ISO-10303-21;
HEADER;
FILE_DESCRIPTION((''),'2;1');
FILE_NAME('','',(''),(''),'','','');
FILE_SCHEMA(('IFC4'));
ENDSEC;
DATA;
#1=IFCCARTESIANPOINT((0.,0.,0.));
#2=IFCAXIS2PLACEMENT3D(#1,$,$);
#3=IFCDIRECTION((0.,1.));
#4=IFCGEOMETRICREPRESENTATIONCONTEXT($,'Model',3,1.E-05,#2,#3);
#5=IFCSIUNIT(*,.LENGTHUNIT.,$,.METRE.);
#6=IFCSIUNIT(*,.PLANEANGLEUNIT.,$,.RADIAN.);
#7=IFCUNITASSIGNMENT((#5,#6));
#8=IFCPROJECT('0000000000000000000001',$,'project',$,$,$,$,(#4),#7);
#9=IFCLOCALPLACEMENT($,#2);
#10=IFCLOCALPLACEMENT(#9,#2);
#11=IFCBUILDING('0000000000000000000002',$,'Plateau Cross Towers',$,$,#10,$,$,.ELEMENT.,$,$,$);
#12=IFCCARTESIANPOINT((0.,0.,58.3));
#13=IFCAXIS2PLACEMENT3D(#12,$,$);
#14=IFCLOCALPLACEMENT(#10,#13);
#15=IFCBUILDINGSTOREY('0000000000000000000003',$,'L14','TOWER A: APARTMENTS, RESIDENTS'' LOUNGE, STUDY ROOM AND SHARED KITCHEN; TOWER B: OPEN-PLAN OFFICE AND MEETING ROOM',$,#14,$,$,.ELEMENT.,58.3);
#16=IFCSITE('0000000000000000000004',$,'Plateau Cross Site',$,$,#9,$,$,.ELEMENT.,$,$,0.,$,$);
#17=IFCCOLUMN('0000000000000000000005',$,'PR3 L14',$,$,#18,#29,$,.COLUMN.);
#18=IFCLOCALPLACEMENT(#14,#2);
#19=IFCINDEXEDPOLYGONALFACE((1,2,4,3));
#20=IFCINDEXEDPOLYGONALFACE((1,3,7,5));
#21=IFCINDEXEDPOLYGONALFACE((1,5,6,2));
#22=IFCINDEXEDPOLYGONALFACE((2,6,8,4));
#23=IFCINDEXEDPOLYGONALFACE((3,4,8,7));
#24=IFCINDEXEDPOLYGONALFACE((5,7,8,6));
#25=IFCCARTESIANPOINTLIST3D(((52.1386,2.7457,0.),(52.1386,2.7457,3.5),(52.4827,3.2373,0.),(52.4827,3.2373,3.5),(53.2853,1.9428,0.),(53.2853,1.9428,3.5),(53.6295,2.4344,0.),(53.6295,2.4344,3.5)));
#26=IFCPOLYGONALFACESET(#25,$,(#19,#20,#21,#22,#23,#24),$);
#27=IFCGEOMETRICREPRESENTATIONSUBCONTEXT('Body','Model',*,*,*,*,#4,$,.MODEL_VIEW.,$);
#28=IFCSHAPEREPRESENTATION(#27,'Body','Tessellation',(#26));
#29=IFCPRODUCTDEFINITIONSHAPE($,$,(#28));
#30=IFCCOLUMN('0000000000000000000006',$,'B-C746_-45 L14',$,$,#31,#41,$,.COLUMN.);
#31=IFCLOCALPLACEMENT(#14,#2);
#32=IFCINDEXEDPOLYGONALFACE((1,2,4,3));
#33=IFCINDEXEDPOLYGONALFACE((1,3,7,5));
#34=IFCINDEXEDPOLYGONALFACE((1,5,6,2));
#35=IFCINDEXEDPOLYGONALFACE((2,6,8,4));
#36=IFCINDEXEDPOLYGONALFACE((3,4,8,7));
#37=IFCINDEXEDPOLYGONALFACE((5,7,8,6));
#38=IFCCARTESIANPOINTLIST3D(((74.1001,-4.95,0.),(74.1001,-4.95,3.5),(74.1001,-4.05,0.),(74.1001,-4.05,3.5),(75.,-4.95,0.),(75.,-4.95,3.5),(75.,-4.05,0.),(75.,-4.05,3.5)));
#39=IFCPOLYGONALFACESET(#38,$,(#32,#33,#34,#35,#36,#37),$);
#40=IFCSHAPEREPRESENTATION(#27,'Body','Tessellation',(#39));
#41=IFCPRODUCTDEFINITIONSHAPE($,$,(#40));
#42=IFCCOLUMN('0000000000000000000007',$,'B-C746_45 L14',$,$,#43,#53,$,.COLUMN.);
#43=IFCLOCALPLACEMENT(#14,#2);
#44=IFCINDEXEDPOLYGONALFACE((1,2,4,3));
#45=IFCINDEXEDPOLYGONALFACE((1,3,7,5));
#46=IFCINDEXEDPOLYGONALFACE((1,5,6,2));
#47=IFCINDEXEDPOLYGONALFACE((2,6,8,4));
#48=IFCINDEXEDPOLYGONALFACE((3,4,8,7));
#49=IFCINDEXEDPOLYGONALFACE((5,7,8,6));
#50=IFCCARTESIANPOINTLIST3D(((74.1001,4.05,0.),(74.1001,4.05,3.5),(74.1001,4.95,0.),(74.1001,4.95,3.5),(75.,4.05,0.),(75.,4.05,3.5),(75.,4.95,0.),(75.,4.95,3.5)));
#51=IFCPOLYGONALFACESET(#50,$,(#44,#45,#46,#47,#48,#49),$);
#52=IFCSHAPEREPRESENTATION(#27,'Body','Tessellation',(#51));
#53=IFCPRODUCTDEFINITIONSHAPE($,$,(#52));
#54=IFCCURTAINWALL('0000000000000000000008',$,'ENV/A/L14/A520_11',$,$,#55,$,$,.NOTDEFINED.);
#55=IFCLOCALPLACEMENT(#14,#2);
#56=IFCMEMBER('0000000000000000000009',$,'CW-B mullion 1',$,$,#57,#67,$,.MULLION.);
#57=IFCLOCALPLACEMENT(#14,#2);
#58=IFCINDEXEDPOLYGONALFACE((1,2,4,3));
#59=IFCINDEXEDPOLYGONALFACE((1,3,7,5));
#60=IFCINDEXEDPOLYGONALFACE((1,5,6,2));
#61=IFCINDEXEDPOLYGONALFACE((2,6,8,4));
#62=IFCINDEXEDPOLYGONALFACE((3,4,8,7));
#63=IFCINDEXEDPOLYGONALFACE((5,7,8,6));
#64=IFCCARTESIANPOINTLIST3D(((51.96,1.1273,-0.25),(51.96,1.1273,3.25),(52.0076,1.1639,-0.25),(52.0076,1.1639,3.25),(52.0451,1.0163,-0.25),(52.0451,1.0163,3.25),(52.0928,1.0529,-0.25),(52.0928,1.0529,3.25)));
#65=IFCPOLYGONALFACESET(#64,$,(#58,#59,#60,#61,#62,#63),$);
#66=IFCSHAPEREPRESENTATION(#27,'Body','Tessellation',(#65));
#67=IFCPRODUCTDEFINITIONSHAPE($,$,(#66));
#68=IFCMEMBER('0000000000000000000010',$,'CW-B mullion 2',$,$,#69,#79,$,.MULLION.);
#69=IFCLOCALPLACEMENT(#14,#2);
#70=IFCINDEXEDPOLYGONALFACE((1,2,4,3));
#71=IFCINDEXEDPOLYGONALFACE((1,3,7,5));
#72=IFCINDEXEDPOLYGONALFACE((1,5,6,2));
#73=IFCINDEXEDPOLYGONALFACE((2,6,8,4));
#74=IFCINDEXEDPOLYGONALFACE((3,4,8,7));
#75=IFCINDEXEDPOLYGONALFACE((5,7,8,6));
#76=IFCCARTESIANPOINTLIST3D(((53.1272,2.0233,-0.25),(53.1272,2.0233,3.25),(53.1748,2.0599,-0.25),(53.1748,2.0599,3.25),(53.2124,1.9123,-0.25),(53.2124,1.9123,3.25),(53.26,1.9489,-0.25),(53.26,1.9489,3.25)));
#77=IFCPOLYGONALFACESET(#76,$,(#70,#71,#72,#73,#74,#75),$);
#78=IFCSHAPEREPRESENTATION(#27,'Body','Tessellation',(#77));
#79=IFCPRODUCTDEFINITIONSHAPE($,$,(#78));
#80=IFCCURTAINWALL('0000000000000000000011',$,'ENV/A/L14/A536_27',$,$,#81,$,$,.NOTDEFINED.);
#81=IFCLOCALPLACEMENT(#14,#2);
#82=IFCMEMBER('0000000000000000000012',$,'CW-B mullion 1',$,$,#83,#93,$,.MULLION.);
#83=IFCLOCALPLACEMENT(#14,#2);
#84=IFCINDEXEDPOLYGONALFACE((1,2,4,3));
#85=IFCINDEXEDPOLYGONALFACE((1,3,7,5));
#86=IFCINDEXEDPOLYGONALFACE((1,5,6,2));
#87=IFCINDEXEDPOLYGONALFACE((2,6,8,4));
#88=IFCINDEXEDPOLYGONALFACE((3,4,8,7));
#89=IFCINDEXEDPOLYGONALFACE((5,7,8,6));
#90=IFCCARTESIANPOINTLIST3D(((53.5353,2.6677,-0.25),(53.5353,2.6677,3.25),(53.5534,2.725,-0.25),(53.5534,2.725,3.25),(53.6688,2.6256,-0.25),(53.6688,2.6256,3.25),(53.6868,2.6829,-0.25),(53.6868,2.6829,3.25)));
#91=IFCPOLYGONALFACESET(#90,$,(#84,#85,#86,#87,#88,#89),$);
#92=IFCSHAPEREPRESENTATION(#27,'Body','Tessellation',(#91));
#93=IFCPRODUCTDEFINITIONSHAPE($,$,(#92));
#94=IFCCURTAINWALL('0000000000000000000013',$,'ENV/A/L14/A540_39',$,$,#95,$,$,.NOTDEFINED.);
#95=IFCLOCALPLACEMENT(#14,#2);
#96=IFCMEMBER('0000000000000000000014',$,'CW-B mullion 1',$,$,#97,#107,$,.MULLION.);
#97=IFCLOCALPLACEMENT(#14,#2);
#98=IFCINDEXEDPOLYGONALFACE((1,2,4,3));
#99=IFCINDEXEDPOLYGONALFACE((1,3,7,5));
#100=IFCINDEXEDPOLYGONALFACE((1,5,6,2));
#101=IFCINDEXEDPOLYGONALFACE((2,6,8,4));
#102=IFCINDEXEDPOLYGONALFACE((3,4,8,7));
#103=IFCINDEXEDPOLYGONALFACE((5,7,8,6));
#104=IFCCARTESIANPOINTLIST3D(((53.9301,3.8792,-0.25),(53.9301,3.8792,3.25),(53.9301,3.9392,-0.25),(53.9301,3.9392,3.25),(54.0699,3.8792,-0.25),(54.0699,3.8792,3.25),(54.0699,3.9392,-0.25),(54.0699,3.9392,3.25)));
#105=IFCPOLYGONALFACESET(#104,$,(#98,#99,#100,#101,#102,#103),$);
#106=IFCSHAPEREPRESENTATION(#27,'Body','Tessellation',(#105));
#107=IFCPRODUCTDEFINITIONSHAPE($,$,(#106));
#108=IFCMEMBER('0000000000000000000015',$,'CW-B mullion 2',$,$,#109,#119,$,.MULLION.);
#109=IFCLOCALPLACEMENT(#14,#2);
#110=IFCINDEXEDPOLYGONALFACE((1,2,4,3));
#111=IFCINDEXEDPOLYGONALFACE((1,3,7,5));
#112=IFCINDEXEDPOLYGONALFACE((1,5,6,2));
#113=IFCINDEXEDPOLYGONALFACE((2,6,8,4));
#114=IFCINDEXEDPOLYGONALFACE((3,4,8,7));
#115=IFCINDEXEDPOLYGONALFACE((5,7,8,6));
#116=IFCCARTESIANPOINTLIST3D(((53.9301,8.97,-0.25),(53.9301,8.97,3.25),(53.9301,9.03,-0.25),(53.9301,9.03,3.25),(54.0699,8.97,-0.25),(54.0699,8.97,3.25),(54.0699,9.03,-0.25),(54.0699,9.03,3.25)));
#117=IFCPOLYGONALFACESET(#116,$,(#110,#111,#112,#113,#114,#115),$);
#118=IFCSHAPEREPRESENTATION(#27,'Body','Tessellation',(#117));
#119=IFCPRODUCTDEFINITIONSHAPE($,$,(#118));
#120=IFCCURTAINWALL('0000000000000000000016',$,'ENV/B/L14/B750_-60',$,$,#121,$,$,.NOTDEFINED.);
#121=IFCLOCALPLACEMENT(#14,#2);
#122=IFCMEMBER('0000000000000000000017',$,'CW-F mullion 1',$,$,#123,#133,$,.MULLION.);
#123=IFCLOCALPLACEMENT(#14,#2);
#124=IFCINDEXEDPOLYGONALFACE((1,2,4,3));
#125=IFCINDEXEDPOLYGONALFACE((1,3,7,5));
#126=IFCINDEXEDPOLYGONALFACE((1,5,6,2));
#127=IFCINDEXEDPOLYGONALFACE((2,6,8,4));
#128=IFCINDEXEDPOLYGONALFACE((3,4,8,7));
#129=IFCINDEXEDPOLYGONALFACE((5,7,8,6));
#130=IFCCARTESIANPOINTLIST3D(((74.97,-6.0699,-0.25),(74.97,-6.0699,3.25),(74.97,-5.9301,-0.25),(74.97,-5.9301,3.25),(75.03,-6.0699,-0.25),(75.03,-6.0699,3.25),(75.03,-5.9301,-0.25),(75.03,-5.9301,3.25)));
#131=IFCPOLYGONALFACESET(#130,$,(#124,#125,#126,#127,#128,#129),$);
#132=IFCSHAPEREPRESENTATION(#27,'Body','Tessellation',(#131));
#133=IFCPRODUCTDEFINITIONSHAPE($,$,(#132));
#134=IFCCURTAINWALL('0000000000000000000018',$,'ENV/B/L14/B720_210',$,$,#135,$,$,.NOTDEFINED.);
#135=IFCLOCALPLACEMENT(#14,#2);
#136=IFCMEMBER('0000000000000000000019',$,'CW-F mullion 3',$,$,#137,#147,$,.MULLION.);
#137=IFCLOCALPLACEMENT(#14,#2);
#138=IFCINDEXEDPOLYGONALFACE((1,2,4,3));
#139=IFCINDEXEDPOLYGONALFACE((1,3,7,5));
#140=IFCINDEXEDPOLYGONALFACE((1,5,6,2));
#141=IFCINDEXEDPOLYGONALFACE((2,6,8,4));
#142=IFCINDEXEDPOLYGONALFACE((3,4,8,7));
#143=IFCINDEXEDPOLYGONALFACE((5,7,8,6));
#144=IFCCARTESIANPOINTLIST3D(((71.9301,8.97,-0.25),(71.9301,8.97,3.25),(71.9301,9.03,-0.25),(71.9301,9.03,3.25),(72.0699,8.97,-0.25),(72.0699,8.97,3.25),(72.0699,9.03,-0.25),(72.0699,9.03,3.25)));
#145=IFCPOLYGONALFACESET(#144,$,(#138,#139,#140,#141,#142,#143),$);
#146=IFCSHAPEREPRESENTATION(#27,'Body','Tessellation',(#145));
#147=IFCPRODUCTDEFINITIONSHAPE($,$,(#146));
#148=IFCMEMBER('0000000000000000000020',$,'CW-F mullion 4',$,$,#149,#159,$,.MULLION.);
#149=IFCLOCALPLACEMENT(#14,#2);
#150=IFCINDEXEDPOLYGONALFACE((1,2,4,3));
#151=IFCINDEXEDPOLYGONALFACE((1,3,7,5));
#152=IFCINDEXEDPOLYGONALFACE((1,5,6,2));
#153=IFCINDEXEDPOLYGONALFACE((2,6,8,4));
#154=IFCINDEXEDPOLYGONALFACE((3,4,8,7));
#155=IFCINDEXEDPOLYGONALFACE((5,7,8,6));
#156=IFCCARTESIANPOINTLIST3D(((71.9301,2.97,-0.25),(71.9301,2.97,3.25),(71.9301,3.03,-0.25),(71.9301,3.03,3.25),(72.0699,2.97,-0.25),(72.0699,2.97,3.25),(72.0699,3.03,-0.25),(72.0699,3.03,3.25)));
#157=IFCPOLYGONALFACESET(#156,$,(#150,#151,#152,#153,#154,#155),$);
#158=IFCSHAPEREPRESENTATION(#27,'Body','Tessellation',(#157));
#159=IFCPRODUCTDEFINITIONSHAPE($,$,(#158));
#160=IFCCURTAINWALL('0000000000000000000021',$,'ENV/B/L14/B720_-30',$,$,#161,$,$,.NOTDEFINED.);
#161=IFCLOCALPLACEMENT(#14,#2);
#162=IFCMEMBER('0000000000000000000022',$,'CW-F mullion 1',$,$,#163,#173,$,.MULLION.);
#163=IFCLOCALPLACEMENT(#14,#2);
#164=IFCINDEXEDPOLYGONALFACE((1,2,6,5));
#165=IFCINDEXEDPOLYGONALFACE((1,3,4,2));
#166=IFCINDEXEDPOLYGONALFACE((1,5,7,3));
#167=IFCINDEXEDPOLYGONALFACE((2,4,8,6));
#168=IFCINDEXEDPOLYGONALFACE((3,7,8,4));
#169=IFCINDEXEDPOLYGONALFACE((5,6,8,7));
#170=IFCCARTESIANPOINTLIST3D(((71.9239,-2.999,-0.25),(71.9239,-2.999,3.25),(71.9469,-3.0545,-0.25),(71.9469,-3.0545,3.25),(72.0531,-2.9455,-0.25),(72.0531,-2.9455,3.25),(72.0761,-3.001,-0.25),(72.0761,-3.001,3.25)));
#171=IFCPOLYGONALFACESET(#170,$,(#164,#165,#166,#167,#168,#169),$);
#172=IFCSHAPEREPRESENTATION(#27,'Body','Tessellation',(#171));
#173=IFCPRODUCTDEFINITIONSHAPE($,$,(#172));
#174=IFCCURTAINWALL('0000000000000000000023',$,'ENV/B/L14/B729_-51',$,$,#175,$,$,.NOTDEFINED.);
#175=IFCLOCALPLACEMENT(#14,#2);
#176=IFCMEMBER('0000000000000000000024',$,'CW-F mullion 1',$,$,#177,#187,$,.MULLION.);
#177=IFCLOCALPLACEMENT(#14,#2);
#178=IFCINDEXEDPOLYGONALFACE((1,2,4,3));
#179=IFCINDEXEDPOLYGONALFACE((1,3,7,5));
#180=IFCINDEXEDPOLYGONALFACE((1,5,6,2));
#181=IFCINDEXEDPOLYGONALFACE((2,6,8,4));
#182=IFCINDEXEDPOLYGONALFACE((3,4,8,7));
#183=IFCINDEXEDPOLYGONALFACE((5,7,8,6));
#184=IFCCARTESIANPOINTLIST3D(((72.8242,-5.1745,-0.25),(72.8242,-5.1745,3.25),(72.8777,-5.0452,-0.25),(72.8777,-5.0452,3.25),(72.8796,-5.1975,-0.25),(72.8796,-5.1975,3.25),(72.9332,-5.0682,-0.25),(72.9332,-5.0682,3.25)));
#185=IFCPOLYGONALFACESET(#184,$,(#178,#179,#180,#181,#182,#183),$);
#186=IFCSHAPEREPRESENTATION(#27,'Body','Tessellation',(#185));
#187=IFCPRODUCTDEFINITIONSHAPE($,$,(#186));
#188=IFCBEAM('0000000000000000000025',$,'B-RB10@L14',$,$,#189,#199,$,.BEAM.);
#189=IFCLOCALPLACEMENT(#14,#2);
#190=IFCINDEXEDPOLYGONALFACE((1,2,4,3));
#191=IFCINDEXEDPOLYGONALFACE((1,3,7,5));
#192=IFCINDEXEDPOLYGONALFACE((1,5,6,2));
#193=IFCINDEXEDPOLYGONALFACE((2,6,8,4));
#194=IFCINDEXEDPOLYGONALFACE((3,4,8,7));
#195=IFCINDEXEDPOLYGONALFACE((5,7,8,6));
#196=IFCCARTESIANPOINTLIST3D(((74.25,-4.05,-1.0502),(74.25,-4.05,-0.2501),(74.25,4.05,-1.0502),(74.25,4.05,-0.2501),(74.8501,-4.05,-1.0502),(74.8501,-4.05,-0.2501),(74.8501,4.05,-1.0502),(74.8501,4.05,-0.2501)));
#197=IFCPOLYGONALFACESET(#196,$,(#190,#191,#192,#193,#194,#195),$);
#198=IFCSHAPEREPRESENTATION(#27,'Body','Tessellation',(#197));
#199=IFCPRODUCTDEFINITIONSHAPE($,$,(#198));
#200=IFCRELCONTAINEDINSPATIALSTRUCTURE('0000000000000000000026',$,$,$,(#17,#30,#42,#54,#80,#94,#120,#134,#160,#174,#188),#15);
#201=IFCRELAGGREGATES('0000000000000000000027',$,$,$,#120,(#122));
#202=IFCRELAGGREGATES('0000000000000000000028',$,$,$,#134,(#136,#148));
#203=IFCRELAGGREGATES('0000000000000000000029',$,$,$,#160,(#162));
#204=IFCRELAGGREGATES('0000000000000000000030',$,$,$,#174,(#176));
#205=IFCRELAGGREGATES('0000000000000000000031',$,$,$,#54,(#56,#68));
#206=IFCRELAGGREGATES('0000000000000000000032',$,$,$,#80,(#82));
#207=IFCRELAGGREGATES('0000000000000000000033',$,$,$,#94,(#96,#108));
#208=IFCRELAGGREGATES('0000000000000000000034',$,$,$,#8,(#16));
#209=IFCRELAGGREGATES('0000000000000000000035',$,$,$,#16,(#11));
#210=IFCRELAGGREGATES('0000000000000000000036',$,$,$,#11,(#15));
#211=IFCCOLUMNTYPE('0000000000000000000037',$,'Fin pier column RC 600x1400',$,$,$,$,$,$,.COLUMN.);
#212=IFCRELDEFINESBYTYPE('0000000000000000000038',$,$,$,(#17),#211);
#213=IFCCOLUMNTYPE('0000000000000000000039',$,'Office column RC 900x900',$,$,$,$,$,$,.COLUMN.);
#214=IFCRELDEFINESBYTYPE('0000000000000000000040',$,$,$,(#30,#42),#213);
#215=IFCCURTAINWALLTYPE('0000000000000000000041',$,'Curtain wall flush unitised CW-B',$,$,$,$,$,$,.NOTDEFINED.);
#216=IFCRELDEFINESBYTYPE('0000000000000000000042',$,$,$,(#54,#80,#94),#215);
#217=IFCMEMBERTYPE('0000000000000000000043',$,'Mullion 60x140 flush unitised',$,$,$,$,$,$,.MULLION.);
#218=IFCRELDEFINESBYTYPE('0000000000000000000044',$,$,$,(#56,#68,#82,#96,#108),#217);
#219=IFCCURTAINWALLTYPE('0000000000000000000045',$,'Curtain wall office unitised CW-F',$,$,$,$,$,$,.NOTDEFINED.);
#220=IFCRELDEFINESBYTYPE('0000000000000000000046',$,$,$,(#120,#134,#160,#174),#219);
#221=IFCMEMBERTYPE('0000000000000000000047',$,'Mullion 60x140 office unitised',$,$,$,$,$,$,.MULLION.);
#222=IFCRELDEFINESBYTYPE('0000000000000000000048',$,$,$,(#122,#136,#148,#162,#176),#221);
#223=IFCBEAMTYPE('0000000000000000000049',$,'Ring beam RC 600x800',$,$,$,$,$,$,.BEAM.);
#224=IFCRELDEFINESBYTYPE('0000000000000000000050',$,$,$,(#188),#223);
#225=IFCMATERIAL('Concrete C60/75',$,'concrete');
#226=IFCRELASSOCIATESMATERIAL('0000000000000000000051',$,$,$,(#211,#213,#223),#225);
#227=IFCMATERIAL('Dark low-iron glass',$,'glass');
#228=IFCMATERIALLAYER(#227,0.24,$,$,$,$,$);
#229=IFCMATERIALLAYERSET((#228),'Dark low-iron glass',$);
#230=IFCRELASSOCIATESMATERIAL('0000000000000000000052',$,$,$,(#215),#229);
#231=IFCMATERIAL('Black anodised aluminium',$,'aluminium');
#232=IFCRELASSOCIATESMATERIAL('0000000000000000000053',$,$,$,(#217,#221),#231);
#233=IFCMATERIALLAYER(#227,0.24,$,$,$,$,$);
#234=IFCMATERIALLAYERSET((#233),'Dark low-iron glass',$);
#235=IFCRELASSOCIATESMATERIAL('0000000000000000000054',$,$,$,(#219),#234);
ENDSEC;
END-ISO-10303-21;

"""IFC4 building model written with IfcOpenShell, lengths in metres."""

from ifc_helpers import new_model, si_unit, direction, frame, origin, origin_2d, place, context, subcontext, project, spatial, rectangle, extrude, material, layer, layer_set, material_profile, profile_set, type_object, element, aggregate, save


model = new_model("IFC4")

# Units and contexts
model_context = context("Model", 3, precision=1e-05, world=origin(), true_north=direction((0.0, 1.0)))
body_context = subcontext(model_context, "Body", "Model", "MODEL_VIEW")
ifc_project = project(units=[si_unit("LENGTHUNIT", "METRE"), si_unit("PLANEANGLEUNIT", "RADIAN")], contexts=[model_context])

# Site, building, storey
site_placement = place(None, origin())
site = spatial("IfcSite", under=ifc_project, at=site_placement, Name="Plateau Cross Site", CompositionType="ELEMENT", RefElevation=0.0)
building_placement = place(site_placement, origin())
building = spatial("IfcBuilding", under=site, at=building_placement, Name="Plateau Cross Towers", CompositionType="ELEMENT")
storey_placement = place(building_placement, frame((0.0, 0.0, 58.3)))
storey = spatial("IfcBuildingStorey", under=building, at=storey_placement, Name="L14", Description="TOWER A: APARTMENTS, RESIDENTS' LOUNGE, STUDY ROOM AND SHARED KITCHEN; TOWER B: OPEN-PLAN OFFICE AND MEETING ROOM", CompositionType="ELEMENT", Elevation=58.3)

# Columns
ifc_material_1 = material(Name="Concrete C60/75", Category="concrete")
ifc_material_profile_1 = material_profile(ifc_material_1, rectangle(XDim=0.6001, YDim=1.3999, at=origin_2d()), Name="RC 600x1400")
ifc_profile_set_1 = profile_set([ifc_material_profile_1], Name="Concrete C60/75")
column_type_1 = type_object("IfcColumnType", Name="Fin pier column RC 600x1400", PredefinedType="COLUMN", material=ifc_profile_set_1)
column_placement = place(storey_placement, frame((52.884, 2.5901, 0.0), z_axis=(0.0, 0.0, 1.0), x_axis=(0.573543, 0.819176, 0.0)))
element("IfcColumn", 1, at=column_placement, inside=storey, type_object=column_type_1, Name="PR3 L14", PredefinedType="COLUMN", context=body_context, shape_type="SweptSolid", body=[
    extrude(rectangle(XDim=0.6001, YDim=1.3999, at=origin_2d()), origin(), (0.0, 0.0, 1.0), 3.5),
])
ifc_material_profile_2 = material_profile(ifc_material_1, rectangle(XDim=0.8999, YDim=0.8999, at=origin_2d()), Name="RC 900x900")
ifc_profile_set_2 = profile_set([ifc_material_profile_2], Name="Concrete C60/75")
column_type_2 = type_object("IfcColumnType", Name="Office column RC 900x900", PredefinedType="COLUMN", material=ifc_profile_set_2)
for number, where, z_axis, x_axis, name in (
    (2, (74.55, -4.5, 0.0), (0.0, 0.0, 1.0), (1.0, 0.0, 0.0), "B-C746_-45 L14"),
    (3, (74.55, 4.5, 0.0), (0.0, 0.0, 1.0), (1.0, 0.0, 0.0), "B-C746_45 L14"),
):
    element("IfcColumn", number, at=place(storey_placement, frame(where, z_axis=z_axis, x_axis=x_axis)), inside=storey, type_object=column_type_2, Name=name, PredefinedType="COLUMN", context=body_context, shape_type="SweptSolid", body=[
        extrude(rectangle(XDim=0.8999, YDim=0.8999, at=origin_2d()), origin(), (0.0, 0.0, 1.0), 3.5),
    ])

# Curtain wall, members
ifc_material_2 = material(Name="Dark low-iron glass", Category="glass")
ifc_layer_1 = layer(ifc_material_2, 0.24)
ifc_layer_set_1 = layer_set([ifc_layer_1], Name="Dark low-iron glass")
curtain_wall_type_1 = type_object("IfcCurtainWallType", Name="Curtain wall flush unitised CW-B", PredefinedType="NOTDEFINED", material=ifc_layer_set_1)
curtain_wall_1_placement = place(storey_placement, origin())
curtain_wall_1 = element("IfcCurtainWall", 4, at=curtain_wall_1_placement, inside=storey, type_object=curtain_wall_type_1, Name="ENV/A/L14/A520_11", PredefinedType="NOTDEFINED")
ifc_material_3 = material(Name="Black anodised aluminium", Category="aluminium")
ifc_material_profile_3 = material_profile(ifc_material_3, rectangle(XDim=0.0601, YDim=0.1399, at=origin_2d()), Name="MULLION 60x140")
ifc_profile_set_3 = profile_set([ifc_material_profile_3], Name="Black anodised aluminium")
member_type_1 = type_object("IfcMemberType", Name="Mullion 60x140 flush unitised", PredefinedType="MULLION", material=ifc_profile_set_3)
member_1_placement = place(storey_placement, frame((52.0264, 1.0901, -0.25), z_axis=(0.0, 0.0, 1.0), x_axis=(0.793316, 0.608811, 0.0)))
member_1 = element("IfcMember", 5, at=member_1_placement, type_object=member_type_1, Name="CW-B mullion 1", PredefinedType="MULLION", context=body_context, shape_type="SweptSolid", body=[
    extrude(rectangle(XDim=0.0601, YDim=0.1399, at=origin_2d()), origin(), (0.0, 0.0, 1.0), 3.5),
])
member_2_placement = place(storey_placement, frame((53.1936, 1.9861, -0.25), z_axis=(0.0, 0.0, 1.0), x_axis=(0.793316, 0.608811, 0.0)))
member_2 = element("IfcMember", 6, at=member_2_placement, type_object=member_type_1, Name="CW-B mullion 2", PredefinedType="MULLION", context=body_context, shape_type="SweptSolid", body=[
    extrude(rectangle(XDim=0.0601, YDim=0.1399, at=origin_2d()), origin(), (0.0, 0.0, 1.0), 3.5),
])

# Curtain wall, member
curtain_wall_2_placement = place(storey_placement, origin())
curtain_wall_2 = element("IfcCurtainWall", 7, at=curtain_wall_2_placement, inside=storey, type_object=curtain_wall_type_1, Name="ENV/A/L14/A536_27", PredefinedType="NOTDEFINED")
member_3_placement = place(storey_placement, frame((53.6111, 2.6753, -0.25), z_axis=(0.0, 0.0, 1.0), x_axis=(0.300686, 0.953723, 0.0)))
member_3 = element("IfcMember", 8, at=member_3_placement, type_object=member_type_1, Name="CW-B mullion 1", PredefinedType="MULLION", context=body_context, shape_type="SweptSolid", body=[
    extrude(rectangle(XDim=0.0601, YDim=0.1399, at=origin_2d()), origin(), (0.0, 0.0, 1.0), 3.5),
])

# Curtain wall, members
curtain_wall_3_placement = place(storey_placement, origin())
curtain_wall_3 = element("IfcCurtainWall", 9, at=curtain_wall_3_placement, inside=storey, type_object=curtain_wall_type_1, Name="ENV/A/L14/A540_39", PredefinedType="NOTDEFINED")
member_4_placement = place(storey_placement, frame((54.0, 3.9092, -0.25), z_axis=(0.0, 0.0, 1.0), x_axis=(0.0, 1.0, 0.0)))
member_4 = element("IfcMember", 10, at=member_4_placement, type_object=member_type_1, Name="CW-B mullion 1", PredefinedType="MULLION", context=body_context, shape_type="SweptSolid", body=[
    extrude(rectangle(XDim=0.0601, YDim=0.1399, at=origin_2d()), origin(), (0.0, 0.0, 1.0), 3.5),
])
member_5_placement = place(storey_placement, frame((54.0, 9.0, -0.25), z_axis=(0.0, 0.0, 1.0), x_axis=(0.0, 1.0, 0.0)))
member_5 = element("IfcMember", 11, at=member_5_placement, type_object=member_type_1, Name="CW-B mullion 2", PredefinedType="MULLION", context=body_context, shape_type="SweptSolid", body=[
    extrude(rectangle(XDim=0.0601, YDim=0.1399, at=origin_2d()), origin(), (0.0, 0.0, 1.0), 3.5),
])

# Curtain wall, member
ifc_layer_2 = layer(ifc_material_2, 0.24)
ifc_layer_set_2 = layer_set([ifc_layer_2], Name="Dark low-iron glass")
curtain_wall_type_2 = type_object("IfcCurtainWallType", Name="Curtain wall office unitised CW-F", PredefinedType="NOTDEFINED", material=ifc_layer_set_2)
curtain_wall_4_placement = place(storey_placement, origin())
curtain_wall_4 = element("IfcCurtainWall", 12, at=curtain_wall_4_placement, inside=storey, type_object=curtain_wall_type_2, Name="ENV/B/L14/B750_-60", PredefinedType="NOTDEFINED")
ifc_material_profile_4 = material_profile(ifc_material_3, rectangle(XDim=0.0601, YDim=0.1399, at=origin_2d()), Name="MULLION 60x140")
ifc_profile_set_4 = profile_set([ifc_material_profile_4], Name="Black anodised aluminium")
member_type_2 = type_object("IfcMemberType", Name="Mullion 60x140 office unitised", PredefinedType="MULLION", material=ifc_profile_set_4)
member_6_placement = place(storey_placement, frame((75.0, -6.0, -0.25), z_axis=(0.0, 0.0, 1.0), x_axis=(1.0, 0.0, 0.0)))
member_6 = element("IfcMember", 13, at=member_6_placement, type_object=member_type_2, Name="CW-F mullion 1", PredefinedType="MULLION", context=body_context, shape_type="SweptSolid", body=[
    extrude(rectangle(XDim=0.0601, YDim=0.1399, at=origin_2d()), origin(), (0.0, 0.0, 1.0), 3.5),
])

# Curtain wall, members
curtain_wall_5_placement = place(storey_placement, origin())
curtain_wall_5 = element("IfcCurtainWall", 14, at=curtain_wall_5_placement, inside=storey, type_object=curtain_wall_type_2, Name="ENV/B/L14/B720_210", PredefinedType="NOTDEFINED")
member_7_placement = place(storey_placement, frame((72.0, 9.0, -0.25), z_axis=(0.0, 0.0, 1.0), x_axis=(0.0, -1.0, 0.0)))
member_7 = element("IfcMember", 15, at=member_7_placement, type_object=member_type_2, Name="CW-F mullion 3", PredefinedType="MULLION", context=body_context, shape_type="SweptSolid", body=[
    extrude(rectangle(XDim=0.0601, YDim=0.1399, at=origin_2d()), origin(), (0.0, 0.0, 1.0), 3.5),
])
member_8_placement = place(storey_placement, frame((72.0, 3.0, -0.25), z_axis=(0.0, 0.0, 1.0), x_axis=(0.0, -1.0, 0.0)))
member_8 = element("IfcMember", 16, at=member_8_placement, type_object=member_type_2, Name="CW-F mullion 4", PredefinedType="MULLION", context=body_context, shape_type="SweptSolid", body=[
    extrude(rectangle(XDim=0.0601, YDim=0.1399, at=origin_2d()), origin(), (0.0, 0.0, 1.0), 3.5),
])

# Curtain walls, members
curtain_wall_6_placement = place(storey_placement, origin())
curtain_wall_6 = element("IfcCurtainWall", 17, at=curtain_wall_6_placement, inside=storey, type_object=curtain_wall_type_2, Name="ENV/B/L14/B720_-30", PredefinedType="NOTDEFINED")
member_9_placement = place(storey_placement, frame((72.0, -3.0, -0.25), z_axis=(0.0, 0.0, 1.0), x_axis=(0.382684, -0.923879, 0.0)))
member_9 = element("IfcMember", 18, at=member_9_placement, type_object=member_type_2, Name="CW-F mullion 1", PredefinedType="MULLION", context=body_context, shape_type="SweptSolid", body=[
    extrude(rectangle(XDim=0.0601, YDim=0.1399, at=origin_2d()), origin(), (0.0, 0.0, 1.0), 3.5),
])
curtain_wall_7_placement = place(storey_placement, origin())
curtain_wall_7 = element("IfcCurtainWall", 19, at=curtain_wall_7_placement, inside=storey, type_object=curtain_wall_type_2, Name="ENV/B/L14/B729_-51", PredefinedType="NOTDEFINED")
member_10_placement = place(storey_placement, frame((72.8787, -5.1213, -0.25), z_axis=(0.0, 0.0, 1.0), x_axis=(0.923879, -0.382684, 0.0)))
member_10 = element("IfcMember", 20, at=member_10_placement, type_object=member_type_2, Name="CW-F mullion 1", PredefinedType="MULLION", context=body_context, shape_type="SweptSolid", body=[
    extrude(rectangle(XDim=0.0601, YDim=0.1399, at=origin_2d()), origin(), (0.0, 0.0, 1.0), 3.5),
])

# Beam
ifc_material_profile_5 = material_profile(ifc_material_1, rectangle(XDim=0.6001, YDim=0.8, at=origin_2d()), Name="RC 600x800")
ifc_profile_set_5 = profile_set([ifc_material_profile_5], Name="Concrete C60/75")
beam_type = type_object("IfcBeamType", Name="Ring beam RC 600x800", PredefinedType="BEAM", material=ifc_profile_set_5)
beam_placement = place(storey_placement, frame((74.55, 4.05, -0.6501), z_axis=(0.0, -1.0, 0.0), x_axis=(1.0, 0.0, 0.0)))
element("IfcBeam", 21, at=beam_placement, inside=storey, type_object=beam_type, Name="B-RB10@L14", PredefinedType="BEAM", context=body_context, shape_type="SweptSolid", body=[
    extrude(rectangle(XDim=0.6001, YDim=0.8, at=origin_2d()), origin(), (0.0, 0.0, 1.0), 8.1001),
])

aggregate(curtain_wall_4, [member_6])

aggregate(curtain_wall_5, [member_7, member_8])
aggregate(curtain_wall_6, [member_9])
aggregate(curtain_wall_7, [member_10])

aggregate(curtain_wall_1, [member_1, member_2])
aggregate(curtain_wall_2, [member_3])
aggregate(curtain_wall_3, [member_4, member_5])

save(model, "model.ifc")
